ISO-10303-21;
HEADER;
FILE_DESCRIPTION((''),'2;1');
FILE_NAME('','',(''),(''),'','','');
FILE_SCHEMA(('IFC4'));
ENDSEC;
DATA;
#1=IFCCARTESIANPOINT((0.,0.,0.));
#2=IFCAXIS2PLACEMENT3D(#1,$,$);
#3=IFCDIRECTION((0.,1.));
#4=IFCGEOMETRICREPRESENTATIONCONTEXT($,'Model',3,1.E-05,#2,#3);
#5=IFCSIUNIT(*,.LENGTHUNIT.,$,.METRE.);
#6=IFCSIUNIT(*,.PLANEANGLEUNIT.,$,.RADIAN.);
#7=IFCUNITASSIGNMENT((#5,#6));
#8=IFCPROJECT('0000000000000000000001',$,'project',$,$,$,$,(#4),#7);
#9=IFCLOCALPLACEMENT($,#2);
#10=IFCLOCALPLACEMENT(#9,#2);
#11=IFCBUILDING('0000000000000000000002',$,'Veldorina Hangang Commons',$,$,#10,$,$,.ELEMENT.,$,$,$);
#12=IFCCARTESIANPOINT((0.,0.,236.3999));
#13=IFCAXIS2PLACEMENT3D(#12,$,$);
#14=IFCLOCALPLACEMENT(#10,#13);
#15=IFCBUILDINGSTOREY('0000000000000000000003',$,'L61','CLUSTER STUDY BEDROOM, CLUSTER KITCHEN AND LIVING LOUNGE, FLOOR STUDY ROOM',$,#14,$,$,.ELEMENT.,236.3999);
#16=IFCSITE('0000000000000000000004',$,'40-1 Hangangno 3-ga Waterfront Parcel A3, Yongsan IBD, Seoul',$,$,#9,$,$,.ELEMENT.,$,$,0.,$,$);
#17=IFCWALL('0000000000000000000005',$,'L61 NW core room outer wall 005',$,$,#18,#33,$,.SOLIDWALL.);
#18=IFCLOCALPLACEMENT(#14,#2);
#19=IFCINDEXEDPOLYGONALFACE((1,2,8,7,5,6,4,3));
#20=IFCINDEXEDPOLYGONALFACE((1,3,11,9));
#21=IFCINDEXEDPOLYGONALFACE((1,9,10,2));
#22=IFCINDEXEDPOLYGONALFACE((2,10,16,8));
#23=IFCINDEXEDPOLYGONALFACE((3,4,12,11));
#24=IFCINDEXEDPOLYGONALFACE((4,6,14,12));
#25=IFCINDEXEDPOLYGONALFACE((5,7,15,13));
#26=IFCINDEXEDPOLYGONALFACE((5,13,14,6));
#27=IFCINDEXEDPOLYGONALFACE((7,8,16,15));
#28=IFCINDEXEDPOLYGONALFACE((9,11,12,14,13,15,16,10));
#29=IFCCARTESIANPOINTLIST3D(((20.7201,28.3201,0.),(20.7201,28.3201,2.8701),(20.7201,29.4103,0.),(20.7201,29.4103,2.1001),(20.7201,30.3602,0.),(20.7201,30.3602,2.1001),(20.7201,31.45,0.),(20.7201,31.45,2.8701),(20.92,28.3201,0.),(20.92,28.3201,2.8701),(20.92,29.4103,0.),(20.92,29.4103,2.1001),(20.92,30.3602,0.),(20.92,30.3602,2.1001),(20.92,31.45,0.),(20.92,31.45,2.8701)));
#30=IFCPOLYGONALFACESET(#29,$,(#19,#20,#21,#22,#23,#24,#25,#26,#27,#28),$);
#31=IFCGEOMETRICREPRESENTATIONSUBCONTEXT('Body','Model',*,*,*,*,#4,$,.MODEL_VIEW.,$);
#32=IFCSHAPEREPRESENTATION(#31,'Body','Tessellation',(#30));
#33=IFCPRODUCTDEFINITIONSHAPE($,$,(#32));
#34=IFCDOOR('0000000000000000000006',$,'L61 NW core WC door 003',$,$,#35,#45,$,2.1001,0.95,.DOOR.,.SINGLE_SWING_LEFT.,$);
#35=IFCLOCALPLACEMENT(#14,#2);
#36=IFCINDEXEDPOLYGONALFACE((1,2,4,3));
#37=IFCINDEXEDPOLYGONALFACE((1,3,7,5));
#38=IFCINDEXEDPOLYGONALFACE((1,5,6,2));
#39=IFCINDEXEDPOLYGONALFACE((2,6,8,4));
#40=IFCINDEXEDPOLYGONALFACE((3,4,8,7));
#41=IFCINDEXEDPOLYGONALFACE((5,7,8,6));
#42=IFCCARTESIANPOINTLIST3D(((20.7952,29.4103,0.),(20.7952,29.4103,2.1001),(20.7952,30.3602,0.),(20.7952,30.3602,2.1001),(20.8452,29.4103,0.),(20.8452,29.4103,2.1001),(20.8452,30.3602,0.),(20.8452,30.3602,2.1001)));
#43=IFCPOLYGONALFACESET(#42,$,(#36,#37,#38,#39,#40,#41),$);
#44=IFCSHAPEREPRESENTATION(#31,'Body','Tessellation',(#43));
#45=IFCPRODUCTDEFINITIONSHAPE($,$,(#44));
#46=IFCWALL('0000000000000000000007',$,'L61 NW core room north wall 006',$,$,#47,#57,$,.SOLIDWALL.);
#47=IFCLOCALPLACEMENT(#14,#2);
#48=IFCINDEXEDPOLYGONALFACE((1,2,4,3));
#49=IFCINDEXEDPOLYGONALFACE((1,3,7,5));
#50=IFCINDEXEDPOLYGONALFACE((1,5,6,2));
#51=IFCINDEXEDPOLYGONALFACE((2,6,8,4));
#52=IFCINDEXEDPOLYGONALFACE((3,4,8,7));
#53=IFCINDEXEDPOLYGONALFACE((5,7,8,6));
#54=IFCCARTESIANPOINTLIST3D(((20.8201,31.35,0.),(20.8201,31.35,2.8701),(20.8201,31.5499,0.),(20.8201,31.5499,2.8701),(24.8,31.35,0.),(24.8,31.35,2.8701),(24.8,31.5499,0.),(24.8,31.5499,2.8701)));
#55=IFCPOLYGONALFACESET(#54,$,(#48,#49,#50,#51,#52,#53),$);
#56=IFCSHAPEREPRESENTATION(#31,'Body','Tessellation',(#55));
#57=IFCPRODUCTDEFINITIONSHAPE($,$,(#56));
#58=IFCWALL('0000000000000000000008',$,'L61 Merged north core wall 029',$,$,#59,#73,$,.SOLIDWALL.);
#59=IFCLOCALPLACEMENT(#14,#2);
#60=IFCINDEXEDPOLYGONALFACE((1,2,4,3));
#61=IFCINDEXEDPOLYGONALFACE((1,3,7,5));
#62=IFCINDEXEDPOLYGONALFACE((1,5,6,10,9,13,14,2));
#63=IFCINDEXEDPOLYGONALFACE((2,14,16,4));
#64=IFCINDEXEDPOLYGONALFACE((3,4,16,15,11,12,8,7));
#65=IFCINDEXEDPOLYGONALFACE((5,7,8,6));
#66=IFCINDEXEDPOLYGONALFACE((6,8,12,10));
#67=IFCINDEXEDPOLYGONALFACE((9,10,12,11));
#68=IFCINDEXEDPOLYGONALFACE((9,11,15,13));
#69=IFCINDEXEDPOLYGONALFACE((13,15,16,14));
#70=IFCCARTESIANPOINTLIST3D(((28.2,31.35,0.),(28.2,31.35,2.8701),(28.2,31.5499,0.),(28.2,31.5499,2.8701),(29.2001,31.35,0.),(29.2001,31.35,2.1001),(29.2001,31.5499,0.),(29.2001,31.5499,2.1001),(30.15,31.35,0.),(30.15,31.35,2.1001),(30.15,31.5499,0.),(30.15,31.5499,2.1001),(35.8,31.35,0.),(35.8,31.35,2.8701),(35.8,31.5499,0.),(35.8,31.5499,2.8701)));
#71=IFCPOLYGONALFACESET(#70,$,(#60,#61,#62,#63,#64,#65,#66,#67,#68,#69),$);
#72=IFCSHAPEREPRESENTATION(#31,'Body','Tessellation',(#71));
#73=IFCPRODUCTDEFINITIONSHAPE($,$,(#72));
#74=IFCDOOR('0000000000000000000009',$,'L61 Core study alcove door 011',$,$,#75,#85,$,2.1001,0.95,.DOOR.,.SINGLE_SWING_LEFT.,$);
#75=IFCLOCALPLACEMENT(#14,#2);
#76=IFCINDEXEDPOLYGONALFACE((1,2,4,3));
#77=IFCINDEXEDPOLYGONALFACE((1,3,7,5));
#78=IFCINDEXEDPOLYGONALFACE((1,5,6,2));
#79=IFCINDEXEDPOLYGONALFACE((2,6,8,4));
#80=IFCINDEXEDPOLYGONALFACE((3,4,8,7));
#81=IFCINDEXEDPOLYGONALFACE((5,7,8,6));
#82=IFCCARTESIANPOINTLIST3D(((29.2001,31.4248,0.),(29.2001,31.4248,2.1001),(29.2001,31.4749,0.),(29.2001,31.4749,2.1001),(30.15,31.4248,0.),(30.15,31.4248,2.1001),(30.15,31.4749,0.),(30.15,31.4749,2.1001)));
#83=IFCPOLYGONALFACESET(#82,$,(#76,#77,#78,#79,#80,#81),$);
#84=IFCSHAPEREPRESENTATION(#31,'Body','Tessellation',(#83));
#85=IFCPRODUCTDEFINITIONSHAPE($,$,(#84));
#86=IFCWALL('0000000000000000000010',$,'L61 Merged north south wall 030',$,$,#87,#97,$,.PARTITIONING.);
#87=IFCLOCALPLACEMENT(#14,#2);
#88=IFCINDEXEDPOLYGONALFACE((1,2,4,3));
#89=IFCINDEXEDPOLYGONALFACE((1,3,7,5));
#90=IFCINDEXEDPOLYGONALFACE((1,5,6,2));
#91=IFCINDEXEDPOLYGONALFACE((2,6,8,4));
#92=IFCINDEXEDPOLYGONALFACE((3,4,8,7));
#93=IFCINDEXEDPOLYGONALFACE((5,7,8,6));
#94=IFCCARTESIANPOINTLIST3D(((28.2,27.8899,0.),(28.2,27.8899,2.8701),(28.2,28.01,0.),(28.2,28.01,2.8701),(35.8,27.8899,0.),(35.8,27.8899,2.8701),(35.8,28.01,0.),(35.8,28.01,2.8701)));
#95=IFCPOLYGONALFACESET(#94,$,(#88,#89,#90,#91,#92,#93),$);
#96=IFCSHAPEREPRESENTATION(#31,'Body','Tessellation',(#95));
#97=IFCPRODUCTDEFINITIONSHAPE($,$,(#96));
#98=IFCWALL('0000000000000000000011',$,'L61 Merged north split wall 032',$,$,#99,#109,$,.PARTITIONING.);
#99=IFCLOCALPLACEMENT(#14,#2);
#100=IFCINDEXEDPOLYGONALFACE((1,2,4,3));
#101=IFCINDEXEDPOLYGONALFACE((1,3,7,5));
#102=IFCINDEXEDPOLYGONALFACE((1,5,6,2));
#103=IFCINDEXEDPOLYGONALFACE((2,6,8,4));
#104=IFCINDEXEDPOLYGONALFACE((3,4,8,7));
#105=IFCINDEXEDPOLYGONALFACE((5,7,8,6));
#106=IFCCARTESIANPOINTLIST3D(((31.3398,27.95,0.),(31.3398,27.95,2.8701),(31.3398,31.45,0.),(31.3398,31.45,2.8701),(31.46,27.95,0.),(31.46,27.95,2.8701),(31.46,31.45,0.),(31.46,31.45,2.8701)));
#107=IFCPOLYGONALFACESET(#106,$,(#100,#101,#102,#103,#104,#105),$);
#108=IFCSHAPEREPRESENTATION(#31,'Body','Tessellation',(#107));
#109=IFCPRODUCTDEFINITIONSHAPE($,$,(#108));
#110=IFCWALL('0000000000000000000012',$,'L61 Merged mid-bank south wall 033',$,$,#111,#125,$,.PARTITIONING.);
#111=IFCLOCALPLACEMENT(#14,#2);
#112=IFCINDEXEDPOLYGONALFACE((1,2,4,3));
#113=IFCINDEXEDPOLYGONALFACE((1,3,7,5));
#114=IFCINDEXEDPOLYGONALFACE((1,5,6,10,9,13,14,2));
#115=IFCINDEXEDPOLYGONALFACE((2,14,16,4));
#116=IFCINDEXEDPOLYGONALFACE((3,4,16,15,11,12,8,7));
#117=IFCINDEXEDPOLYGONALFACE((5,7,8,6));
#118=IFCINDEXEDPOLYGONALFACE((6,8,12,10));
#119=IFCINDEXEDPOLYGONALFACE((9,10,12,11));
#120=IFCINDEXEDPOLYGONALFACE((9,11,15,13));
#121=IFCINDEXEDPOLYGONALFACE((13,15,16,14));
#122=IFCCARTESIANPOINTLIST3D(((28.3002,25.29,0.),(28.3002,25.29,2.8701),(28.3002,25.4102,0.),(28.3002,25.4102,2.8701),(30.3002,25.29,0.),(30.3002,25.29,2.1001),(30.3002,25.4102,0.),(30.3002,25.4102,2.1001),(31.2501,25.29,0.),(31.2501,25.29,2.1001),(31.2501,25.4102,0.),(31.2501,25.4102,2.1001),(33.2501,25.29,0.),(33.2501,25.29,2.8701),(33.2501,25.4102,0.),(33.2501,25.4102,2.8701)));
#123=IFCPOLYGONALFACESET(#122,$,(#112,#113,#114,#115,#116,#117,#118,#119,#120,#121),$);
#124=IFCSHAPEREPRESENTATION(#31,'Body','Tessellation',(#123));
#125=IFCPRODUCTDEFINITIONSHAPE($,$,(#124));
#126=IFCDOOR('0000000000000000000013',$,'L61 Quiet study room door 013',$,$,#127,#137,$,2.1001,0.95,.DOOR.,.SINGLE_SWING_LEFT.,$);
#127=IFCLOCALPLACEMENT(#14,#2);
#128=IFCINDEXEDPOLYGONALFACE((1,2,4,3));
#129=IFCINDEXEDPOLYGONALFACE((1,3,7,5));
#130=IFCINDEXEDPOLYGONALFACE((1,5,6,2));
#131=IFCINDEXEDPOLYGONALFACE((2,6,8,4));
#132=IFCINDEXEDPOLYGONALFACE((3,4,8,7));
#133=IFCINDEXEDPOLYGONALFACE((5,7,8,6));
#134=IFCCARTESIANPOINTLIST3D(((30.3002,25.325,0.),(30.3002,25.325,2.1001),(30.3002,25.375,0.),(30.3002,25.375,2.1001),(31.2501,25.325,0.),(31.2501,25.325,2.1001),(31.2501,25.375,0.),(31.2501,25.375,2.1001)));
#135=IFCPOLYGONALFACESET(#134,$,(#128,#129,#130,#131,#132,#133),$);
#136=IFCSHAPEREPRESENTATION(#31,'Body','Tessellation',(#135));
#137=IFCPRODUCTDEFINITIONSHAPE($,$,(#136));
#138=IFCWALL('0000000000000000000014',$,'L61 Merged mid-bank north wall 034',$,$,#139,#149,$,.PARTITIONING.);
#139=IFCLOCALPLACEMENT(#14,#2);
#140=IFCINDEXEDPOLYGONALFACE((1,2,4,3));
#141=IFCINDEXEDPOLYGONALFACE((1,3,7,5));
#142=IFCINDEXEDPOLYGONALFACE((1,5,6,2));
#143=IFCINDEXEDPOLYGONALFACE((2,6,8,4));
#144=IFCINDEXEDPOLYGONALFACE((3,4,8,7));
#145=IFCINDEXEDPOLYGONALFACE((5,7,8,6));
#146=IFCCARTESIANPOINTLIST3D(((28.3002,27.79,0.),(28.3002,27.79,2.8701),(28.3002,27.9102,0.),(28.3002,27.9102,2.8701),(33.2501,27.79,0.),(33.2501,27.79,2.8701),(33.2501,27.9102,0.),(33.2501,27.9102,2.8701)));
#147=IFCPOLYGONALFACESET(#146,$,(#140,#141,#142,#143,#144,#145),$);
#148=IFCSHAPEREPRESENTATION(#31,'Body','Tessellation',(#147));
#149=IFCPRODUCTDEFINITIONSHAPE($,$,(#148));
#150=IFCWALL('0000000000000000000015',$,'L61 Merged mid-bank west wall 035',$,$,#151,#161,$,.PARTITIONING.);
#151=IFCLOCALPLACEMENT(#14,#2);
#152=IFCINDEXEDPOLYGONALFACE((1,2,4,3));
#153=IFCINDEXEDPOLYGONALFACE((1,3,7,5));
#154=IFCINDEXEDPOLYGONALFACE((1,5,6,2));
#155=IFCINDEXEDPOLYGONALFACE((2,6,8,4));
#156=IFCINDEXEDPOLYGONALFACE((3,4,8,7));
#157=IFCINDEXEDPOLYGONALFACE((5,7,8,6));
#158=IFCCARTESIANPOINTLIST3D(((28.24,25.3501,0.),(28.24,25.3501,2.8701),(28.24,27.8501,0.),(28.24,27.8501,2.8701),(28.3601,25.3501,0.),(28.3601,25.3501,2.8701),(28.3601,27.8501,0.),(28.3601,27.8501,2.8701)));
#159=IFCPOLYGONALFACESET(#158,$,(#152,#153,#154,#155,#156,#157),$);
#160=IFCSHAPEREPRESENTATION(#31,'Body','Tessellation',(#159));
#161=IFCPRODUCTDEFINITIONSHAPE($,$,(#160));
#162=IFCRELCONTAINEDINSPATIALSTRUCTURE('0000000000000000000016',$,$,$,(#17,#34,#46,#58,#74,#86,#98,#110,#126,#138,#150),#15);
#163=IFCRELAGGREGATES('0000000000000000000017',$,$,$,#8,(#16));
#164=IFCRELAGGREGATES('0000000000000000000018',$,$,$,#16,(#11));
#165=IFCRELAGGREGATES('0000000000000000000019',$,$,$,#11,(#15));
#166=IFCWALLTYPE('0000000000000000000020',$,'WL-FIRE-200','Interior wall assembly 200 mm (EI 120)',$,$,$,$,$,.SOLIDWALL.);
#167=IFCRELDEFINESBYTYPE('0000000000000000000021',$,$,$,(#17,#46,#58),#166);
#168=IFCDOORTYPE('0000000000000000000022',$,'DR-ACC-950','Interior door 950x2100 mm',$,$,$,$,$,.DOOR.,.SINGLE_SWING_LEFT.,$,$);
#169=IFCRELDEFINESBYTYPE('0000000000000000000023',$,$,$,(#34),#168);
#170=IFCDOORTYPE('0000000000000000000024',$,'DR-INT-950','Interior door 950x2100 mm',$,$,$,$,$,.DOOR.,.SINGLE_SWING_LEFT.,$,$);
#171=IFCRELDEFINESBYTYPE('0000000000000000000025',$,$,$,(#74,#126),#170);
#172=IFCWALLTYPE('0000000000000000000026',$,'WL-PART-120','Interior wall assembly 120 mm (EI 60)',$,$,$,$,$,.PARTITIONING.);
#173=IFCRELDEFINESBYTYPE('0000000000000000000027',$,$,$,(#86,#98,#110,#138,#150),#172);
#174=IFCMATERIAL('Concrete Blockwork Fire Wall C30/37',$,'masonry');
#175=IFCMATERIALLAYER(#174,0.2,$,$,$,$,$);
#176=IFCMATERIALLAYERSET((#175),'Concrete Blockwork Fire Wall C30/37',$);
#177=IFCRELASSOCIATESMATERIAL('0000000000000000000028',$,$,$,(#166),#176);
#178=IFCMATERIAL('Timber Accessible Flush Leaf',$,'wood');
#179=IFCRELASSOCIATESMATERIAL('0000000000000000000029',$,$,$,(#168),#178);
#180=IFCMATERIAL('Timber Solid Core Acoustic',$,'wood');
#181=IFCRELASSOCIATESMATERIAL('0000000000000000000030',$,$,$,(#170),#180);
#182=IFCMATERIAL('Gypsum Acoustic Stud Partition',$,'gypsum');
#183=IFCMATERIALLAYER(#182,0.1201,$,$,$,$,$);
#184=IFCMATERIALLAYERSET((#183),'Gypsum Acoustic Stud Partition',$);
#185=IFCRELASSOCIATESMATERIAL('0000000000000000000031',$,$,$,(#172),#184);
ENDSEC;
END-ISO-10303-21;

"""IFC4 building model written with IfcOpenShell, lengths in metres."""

from ifc_helpers import new_model, si_unit, direction, frame, frame_2d, origin, place, context, subcontext, project, spatial, rectangle, extrude, material, layer, layer_set, type_object, element, fill, save


model = new_model("IFC4")

# Units and contexts
model_context = context("Model", 3, precision=1e-05, world=origin(), true_north=direction((0.0, 1.0)))
body_context = subcontext(model_context, "Body", "Model", "MODEL_VIEW")
ifc_project = project(units=[si_unit("LENGTHUNIT", "METRE"), si_unit("PLANEANGLEUNIT", "RADIAN")], contexts=[model_context])

# Site, building, storey
site_placement = place(None, origin())
site = spatial("IfcSite", under=ifc_project, at=site_placement, Name="40-1 Hangangno 3-ga Waterfront Parcel A3, Yongsan IBD, Seoul", CompositionType="ELEMENT", RefElevation=0.0)
building_placement = place(site_placement, origin())
building = spatial("IfcBuilding", under=site, at=building_placement, Name="Veldorina Hangang Commons", CompositionType="ELEMENT")
storey_placement = place(building_placement, frame((0.0, 0.0, 236.3999)))
storey = spatial("IfcBuildingStorey", under=building, at=storey_placement, Name="L61", Description="CLUSTER STUDY BEDROOM, CLUSTER KITCHEN AND LIVING LOUNGE, FLOOR STUDY ROOM", CompositionType="ELEMENT", Elevation=236.3999)

# Wall, opening, door
ifc_material_1 = material(Name="Concrete Blockwork Fire Wall C30/37", Category="masonry")
ifc_layer_1 = layer(ifc_material_1, 0.2)
ifc_layer_set_1 = layer_set([ifc_layer_1], Name="Concrete Blockwork Fire Wall C30/37")
wall_type_1 = type_object("IfcWallType", Name="WL-FIRE-200", Description="Interior wall assembly 200 mm (EI 120)", PredefinedType="SOLIDWALL", material=ifc_layer_set_1)
wall_1_placement = place(storey_placement, frame((20.8201, 28.3201, 0.0), z_axis=(0.0, 0.0, 1.0), x_axis=(0.0, 1.0, 0.0)))
wall_1 = element("IfcWall", 1, at=wall_1_placement, inside=storey, type_object=wall_type_1, Name="L61 NW core room outer wall 005", PredefinedType="SOLIDWALL", context=body_context, shape_type="SweptSolid", body=[
    extrude(rectangle(XDim=3.1299, YDim=0.2, at=frame_2d((1.5649, 0.0))), origin(), (0.0, 0.0, 1.0), 2.8701),
])
opening_1_placement = place(wall_1_placement, frame((1.0901, 0.0, 0.0)))
opening_1 = element("IfcOpeningElement", 2, at=opening_1_placement, cuts=wall_1, PredefinedType="OPENING", context=body_context, shape_type="SweptSolid", body=[
    extrude(rectangle(XDim=0.95, YDim=2.1001, at=frame_2d((0.4751, 1.05))), frame((0.0, 0.1099, 0.0), z_axis=(0.0, -1.0, 0.0), x_axis=(1.0, 0.0, 0.0)), (0.0, 0.0, 1.0), 0.22),
])
ifc_material_2 = material(Name="Timber Accessible Flush Leaf", Category="wood")
door_type_1 = type_object("IfcDoorType", Name="DR-ACC-950", Description="Interior door 950x2100 mm", OperationType="SINGLE_SWING_LEFT", PredefinedType="DOOR", material=ifc_material_2)
door_1_placement = place(opening_1_placement, origin())
door_1 = element("IfcDoor", 3, at=door_1_placement, inside=storey, type_object=door_type_1, Name="L61 NW core WC door 003", OperationType="SINGLE_SWING_LEFT", OverallHeight=2.1001, OverallWidth=0.95, PredefinedType="DOOR", context=body_context, shape_type="SweptSolid", body=[
    extrude(rectangle(XDim=0.95, YDim=2.1001, at=frame_2d((0.4751, 1.05))), frame((0.0, 0.0249, 0.0), z_axis=(0.0, -1.0, 0.0), x_axis=(1.0, 0.0, 0.0)), (0.0, 0.0, 1.0), 0.05),
])
fill(opening_1, door_1)

# Wall
wall_2_placement = place(storey_placement, frame((20.8201, 31.45, 0.0), z_axis=(0.0, 0.0, 1.0), x_axis=(1.0, 0.0, 0.0)))
element("IfcWall", 4, at=wall_2_placement, inside=storey, type_object=wall_type_1, Name="L61 NW core room north wall 006", PredefinedType="SOLIDWALL", context=body_context, shape_type="SweptSolid", body=[
    extrude(rectangle(XDim=3.98, YDim=0.2, at=frame_2d((1.99, 0.0))), origin(), (0.0, 0.0, 1.0), 2.8701),
])

# Wall, opening, door
wall_3_placement = place(storey_placement, frame((28.2, 31.45, 0.0), z_axis=(0.0, 0.0, 1.0), x_axis=(1.0, 0.0, 0.0)))
wall_3 = element("IfcWall", 5, at=wall_3_placement, inside=storey, type_object=wall_type_1, Name="L61 Merged north core wall 029", PredefinedType="SOLIDWALL", context=body_context, shape_type="SweptSolid", body=[
    extrude(rectangle(XDim=7.6001, YDim=0.2, at=frame_2d((3.8, 0.0))), origin(), (0.0, 0.0, 1.0), 2.8701),
])
opening_2_placement = place(wall_3_placement, frame((1.0, 0.0, 0.0)))
opening_2 = element("IfcOpeningElement", 6, at=opening_2_placement, cuts=wall_3, PredefinedType="OPENING", context=body_context, shape_type="SweptSolid", body=[
    extrude(rectangle(XDim=0.95, YDim=2.1001, at=frame_2d((0.4751, 1.05))), frame((0.0, 0.1099, 0.0), z_axis=(0.0, -1.0, 0.0), x_axis=(1.0, 0.0, 0.0)), (0.0, 0.0, 1.0), 0.22),
])
ifc_material_3 = material(Name="Timber Solid Core Acoustic", Category="wood")
door_type_2 = type_object("IfcDoorType", Name="DR-INT-950", Description="Interior door 950x2100 mm", OperationType="SINGLE_SWING_LEFT", PredefinedType="DOOR", material=ifc_material_3)
door_2_placement = place(opening_2_placement, origin())
door_2 = element("IfcDoor", 7, at=door_2_placement, inside=storey, type_object=door_type_2, Name="L61 Core study alcove door 011", OperationType="SINGLE_SWING_LEFT", OverallHeight=2.1001, OverallWidth=0.95, PredefinedType="DOOR", context=body_context, shape_type="SweptSolid", body=[
    extrude(rectangle(XDim=0.95, YDim=2.1001, at=frame_2d((0.4751, 1.05))), frame((0.0, 0.0249, 0.0), z_axis=(0.0, -1.0, 0.0), x_axis=(1.0, 0.0, 0.0)), (0.0, 0.0, 1.0), 0.05),
])
fill(opening_2, door_2)

# Walls
ifc_material_4 = material(Name="Gypsum Acoustic Stud Partition", Category="gypsum")
ifc_layer_2 = layer(ifc_material_4, 0.1201)
ifc_layer_set_2 = layer_set([ifc_layer_2], Name="Gypsum Acoustic Stud Partition")
wall_type_2 = type_object("IfcWallType", Name="WL-PART-120", Description="Interior wall assembly 120 mm (EI 60)", PredefinedType="PARTITIONING", material=ifc_layer_set_2)
wall_4_placement = place(storey_placement, frame((28.2, 27.95, 0.0), z_axis=(0.0, 0.0, 1.0), x_axis=(1.0, 0.0, 0.0)))
element("IfcWall", 8, at=wall_4_placement, inside=storey, type_object=wall_type_2, Name="L61 Merged north south wall 030", PredefinedType="PARTITIONING", context=body_context, shape_type="SweptSolid", body=[
    extrude(rectangle(XDim=7.6001, YDim=0.1201, at=frame_2d((3.8, 0.0))), origin(), (0.0, 0.0, 1.0), 2.8701),
])
wall_5_placement = place(storey_placement, frame((31.3999, 27.95, 0.0), z_axis=(0.0, 0.0, 1.0), x_axis=(0.0, 1.0, 0.0)))
element("IfcWall", 9, at=wall_5_placement, inside=storey, type_object=wall_type_2, Name="L61 Merged north split wall 032", PredefinedType="PARTITIONING", context=body_context, shape_type="SweptSolid", body=[
    extrude(rectangle(XDim=3.5, YDim=0.1201, at=frame_2d((1.75, 0.0))), origin(), (0.0, 0.0, 1.0), 2.8701),
])

# Wall, opening, door
wall_6_placement = place(storey_placement, frame((28.3, 25.3501, 0.0), z_axis=(0.0, 0.0, 1.0), x_axis=(1.0, 0.0, 0.0)))
wall_6 = element("IfcWall", 10, at=wall_6_placement, inside=storey, type_object=wall_type_2, Name="L61 Merged mid-bank south wall 033", PredefinedType="PARTITIONING", context=body_context, shape_type="SweptSolid", body=[
    extrude(rectangle(XDim=4.95, YDim=0.1201, at=frame_2d((2.4751, 0.0))), origin(), (0.0, 0.0, 1.0), 2.8701),
])
opening_3_placement = place(wall_6_placement, frame((2.0, 0.0, 0.0)))
opening_3 = element("IfcOpeningElement", 11, at=opening_3_placement, cuts=wall_6, PredefinedType="OPENING", context=body_context, shape_type="SweptSolid", body=[
    extrude(rectangle(XDim=0.95, YDim=2.1001, at=frame_2d((0.4751, 1.05))), frame((0.0, 0.0701, 0.0), z_axis=(0.0, -1.0, 0.0), x_axis=(1.0, 0.0, 0.0)), (0.0, 0.0, 1.0), 0.1401),
])
door_3_placement = place(opening_3_placement, origin())
door_3 = element("IfcDoor", 12, at=door_3_placement, inside=storey, type_object=door_type_2, Name="L61 Quiet study room door 013", OperationType="SINGLE_SWING_LEFT", OverallHeight=2.1001, OverallWidth=0.95, PredefinedType="DOOR", context=body_context, shape_type="SweptSolid", body=[
    extrude(rectangle(XDim=0.95, YDim=2.1001, at=frame_2d((0.4751, 1.05))), frame((0.0, 0.0249, 0.0), z_axis=(0.0, -1.0, 0.0), x_axis=(1.0, 0.0, 0.0)), (0.0, 0.0, 1.0), 0.05),
])
fill(opening_3, door_3)

# Walls
wall_7_placement = place(storey_placement, frame((28.3, 27.8501, 0.0), z_axis=(0.0, 0.0, 1.0), x_axis=(1.0, 0.0, 0.0)))
element("IfcWall", 13, at=wall_7_placement, inside=storey, type_object=wall_type_2, Name="L61 Merged mid-bank north wall 034", PredefinedType="PARTITIONING", context=body_context, shape_type="SweptSolid", body=[
    extrude(rectangle(XDim=4.95, YDim=0.1201, at=frame_2d((2.4751, 0.0))), origin(), (0.0, 0.0, 1.0), 2.8701),
])
wall_8_placement = place(storey_placement, frame((28.3, 25.3501, 0.0), z_axis=(0.0, 0.0, 1.0), x_axis=(0.0, 1.0, 0.0)))
element("IfcWall", 14, at=wall_8_placement, inside=storey, type_object=wall_type_2, Name="L61 Merged mid-bank west wall 035", PredefinedType="PARTITIONING", context=body_context, shape_type="SweptSolid", body=[
    extrude(rectangle(XDim=2.5, YDim=0.1201, at=frame_2d((1.25, 0.0))), origin(), (0.0, 0.0, 1.0), 2.8701),
])

save(model, "model.ifc")
